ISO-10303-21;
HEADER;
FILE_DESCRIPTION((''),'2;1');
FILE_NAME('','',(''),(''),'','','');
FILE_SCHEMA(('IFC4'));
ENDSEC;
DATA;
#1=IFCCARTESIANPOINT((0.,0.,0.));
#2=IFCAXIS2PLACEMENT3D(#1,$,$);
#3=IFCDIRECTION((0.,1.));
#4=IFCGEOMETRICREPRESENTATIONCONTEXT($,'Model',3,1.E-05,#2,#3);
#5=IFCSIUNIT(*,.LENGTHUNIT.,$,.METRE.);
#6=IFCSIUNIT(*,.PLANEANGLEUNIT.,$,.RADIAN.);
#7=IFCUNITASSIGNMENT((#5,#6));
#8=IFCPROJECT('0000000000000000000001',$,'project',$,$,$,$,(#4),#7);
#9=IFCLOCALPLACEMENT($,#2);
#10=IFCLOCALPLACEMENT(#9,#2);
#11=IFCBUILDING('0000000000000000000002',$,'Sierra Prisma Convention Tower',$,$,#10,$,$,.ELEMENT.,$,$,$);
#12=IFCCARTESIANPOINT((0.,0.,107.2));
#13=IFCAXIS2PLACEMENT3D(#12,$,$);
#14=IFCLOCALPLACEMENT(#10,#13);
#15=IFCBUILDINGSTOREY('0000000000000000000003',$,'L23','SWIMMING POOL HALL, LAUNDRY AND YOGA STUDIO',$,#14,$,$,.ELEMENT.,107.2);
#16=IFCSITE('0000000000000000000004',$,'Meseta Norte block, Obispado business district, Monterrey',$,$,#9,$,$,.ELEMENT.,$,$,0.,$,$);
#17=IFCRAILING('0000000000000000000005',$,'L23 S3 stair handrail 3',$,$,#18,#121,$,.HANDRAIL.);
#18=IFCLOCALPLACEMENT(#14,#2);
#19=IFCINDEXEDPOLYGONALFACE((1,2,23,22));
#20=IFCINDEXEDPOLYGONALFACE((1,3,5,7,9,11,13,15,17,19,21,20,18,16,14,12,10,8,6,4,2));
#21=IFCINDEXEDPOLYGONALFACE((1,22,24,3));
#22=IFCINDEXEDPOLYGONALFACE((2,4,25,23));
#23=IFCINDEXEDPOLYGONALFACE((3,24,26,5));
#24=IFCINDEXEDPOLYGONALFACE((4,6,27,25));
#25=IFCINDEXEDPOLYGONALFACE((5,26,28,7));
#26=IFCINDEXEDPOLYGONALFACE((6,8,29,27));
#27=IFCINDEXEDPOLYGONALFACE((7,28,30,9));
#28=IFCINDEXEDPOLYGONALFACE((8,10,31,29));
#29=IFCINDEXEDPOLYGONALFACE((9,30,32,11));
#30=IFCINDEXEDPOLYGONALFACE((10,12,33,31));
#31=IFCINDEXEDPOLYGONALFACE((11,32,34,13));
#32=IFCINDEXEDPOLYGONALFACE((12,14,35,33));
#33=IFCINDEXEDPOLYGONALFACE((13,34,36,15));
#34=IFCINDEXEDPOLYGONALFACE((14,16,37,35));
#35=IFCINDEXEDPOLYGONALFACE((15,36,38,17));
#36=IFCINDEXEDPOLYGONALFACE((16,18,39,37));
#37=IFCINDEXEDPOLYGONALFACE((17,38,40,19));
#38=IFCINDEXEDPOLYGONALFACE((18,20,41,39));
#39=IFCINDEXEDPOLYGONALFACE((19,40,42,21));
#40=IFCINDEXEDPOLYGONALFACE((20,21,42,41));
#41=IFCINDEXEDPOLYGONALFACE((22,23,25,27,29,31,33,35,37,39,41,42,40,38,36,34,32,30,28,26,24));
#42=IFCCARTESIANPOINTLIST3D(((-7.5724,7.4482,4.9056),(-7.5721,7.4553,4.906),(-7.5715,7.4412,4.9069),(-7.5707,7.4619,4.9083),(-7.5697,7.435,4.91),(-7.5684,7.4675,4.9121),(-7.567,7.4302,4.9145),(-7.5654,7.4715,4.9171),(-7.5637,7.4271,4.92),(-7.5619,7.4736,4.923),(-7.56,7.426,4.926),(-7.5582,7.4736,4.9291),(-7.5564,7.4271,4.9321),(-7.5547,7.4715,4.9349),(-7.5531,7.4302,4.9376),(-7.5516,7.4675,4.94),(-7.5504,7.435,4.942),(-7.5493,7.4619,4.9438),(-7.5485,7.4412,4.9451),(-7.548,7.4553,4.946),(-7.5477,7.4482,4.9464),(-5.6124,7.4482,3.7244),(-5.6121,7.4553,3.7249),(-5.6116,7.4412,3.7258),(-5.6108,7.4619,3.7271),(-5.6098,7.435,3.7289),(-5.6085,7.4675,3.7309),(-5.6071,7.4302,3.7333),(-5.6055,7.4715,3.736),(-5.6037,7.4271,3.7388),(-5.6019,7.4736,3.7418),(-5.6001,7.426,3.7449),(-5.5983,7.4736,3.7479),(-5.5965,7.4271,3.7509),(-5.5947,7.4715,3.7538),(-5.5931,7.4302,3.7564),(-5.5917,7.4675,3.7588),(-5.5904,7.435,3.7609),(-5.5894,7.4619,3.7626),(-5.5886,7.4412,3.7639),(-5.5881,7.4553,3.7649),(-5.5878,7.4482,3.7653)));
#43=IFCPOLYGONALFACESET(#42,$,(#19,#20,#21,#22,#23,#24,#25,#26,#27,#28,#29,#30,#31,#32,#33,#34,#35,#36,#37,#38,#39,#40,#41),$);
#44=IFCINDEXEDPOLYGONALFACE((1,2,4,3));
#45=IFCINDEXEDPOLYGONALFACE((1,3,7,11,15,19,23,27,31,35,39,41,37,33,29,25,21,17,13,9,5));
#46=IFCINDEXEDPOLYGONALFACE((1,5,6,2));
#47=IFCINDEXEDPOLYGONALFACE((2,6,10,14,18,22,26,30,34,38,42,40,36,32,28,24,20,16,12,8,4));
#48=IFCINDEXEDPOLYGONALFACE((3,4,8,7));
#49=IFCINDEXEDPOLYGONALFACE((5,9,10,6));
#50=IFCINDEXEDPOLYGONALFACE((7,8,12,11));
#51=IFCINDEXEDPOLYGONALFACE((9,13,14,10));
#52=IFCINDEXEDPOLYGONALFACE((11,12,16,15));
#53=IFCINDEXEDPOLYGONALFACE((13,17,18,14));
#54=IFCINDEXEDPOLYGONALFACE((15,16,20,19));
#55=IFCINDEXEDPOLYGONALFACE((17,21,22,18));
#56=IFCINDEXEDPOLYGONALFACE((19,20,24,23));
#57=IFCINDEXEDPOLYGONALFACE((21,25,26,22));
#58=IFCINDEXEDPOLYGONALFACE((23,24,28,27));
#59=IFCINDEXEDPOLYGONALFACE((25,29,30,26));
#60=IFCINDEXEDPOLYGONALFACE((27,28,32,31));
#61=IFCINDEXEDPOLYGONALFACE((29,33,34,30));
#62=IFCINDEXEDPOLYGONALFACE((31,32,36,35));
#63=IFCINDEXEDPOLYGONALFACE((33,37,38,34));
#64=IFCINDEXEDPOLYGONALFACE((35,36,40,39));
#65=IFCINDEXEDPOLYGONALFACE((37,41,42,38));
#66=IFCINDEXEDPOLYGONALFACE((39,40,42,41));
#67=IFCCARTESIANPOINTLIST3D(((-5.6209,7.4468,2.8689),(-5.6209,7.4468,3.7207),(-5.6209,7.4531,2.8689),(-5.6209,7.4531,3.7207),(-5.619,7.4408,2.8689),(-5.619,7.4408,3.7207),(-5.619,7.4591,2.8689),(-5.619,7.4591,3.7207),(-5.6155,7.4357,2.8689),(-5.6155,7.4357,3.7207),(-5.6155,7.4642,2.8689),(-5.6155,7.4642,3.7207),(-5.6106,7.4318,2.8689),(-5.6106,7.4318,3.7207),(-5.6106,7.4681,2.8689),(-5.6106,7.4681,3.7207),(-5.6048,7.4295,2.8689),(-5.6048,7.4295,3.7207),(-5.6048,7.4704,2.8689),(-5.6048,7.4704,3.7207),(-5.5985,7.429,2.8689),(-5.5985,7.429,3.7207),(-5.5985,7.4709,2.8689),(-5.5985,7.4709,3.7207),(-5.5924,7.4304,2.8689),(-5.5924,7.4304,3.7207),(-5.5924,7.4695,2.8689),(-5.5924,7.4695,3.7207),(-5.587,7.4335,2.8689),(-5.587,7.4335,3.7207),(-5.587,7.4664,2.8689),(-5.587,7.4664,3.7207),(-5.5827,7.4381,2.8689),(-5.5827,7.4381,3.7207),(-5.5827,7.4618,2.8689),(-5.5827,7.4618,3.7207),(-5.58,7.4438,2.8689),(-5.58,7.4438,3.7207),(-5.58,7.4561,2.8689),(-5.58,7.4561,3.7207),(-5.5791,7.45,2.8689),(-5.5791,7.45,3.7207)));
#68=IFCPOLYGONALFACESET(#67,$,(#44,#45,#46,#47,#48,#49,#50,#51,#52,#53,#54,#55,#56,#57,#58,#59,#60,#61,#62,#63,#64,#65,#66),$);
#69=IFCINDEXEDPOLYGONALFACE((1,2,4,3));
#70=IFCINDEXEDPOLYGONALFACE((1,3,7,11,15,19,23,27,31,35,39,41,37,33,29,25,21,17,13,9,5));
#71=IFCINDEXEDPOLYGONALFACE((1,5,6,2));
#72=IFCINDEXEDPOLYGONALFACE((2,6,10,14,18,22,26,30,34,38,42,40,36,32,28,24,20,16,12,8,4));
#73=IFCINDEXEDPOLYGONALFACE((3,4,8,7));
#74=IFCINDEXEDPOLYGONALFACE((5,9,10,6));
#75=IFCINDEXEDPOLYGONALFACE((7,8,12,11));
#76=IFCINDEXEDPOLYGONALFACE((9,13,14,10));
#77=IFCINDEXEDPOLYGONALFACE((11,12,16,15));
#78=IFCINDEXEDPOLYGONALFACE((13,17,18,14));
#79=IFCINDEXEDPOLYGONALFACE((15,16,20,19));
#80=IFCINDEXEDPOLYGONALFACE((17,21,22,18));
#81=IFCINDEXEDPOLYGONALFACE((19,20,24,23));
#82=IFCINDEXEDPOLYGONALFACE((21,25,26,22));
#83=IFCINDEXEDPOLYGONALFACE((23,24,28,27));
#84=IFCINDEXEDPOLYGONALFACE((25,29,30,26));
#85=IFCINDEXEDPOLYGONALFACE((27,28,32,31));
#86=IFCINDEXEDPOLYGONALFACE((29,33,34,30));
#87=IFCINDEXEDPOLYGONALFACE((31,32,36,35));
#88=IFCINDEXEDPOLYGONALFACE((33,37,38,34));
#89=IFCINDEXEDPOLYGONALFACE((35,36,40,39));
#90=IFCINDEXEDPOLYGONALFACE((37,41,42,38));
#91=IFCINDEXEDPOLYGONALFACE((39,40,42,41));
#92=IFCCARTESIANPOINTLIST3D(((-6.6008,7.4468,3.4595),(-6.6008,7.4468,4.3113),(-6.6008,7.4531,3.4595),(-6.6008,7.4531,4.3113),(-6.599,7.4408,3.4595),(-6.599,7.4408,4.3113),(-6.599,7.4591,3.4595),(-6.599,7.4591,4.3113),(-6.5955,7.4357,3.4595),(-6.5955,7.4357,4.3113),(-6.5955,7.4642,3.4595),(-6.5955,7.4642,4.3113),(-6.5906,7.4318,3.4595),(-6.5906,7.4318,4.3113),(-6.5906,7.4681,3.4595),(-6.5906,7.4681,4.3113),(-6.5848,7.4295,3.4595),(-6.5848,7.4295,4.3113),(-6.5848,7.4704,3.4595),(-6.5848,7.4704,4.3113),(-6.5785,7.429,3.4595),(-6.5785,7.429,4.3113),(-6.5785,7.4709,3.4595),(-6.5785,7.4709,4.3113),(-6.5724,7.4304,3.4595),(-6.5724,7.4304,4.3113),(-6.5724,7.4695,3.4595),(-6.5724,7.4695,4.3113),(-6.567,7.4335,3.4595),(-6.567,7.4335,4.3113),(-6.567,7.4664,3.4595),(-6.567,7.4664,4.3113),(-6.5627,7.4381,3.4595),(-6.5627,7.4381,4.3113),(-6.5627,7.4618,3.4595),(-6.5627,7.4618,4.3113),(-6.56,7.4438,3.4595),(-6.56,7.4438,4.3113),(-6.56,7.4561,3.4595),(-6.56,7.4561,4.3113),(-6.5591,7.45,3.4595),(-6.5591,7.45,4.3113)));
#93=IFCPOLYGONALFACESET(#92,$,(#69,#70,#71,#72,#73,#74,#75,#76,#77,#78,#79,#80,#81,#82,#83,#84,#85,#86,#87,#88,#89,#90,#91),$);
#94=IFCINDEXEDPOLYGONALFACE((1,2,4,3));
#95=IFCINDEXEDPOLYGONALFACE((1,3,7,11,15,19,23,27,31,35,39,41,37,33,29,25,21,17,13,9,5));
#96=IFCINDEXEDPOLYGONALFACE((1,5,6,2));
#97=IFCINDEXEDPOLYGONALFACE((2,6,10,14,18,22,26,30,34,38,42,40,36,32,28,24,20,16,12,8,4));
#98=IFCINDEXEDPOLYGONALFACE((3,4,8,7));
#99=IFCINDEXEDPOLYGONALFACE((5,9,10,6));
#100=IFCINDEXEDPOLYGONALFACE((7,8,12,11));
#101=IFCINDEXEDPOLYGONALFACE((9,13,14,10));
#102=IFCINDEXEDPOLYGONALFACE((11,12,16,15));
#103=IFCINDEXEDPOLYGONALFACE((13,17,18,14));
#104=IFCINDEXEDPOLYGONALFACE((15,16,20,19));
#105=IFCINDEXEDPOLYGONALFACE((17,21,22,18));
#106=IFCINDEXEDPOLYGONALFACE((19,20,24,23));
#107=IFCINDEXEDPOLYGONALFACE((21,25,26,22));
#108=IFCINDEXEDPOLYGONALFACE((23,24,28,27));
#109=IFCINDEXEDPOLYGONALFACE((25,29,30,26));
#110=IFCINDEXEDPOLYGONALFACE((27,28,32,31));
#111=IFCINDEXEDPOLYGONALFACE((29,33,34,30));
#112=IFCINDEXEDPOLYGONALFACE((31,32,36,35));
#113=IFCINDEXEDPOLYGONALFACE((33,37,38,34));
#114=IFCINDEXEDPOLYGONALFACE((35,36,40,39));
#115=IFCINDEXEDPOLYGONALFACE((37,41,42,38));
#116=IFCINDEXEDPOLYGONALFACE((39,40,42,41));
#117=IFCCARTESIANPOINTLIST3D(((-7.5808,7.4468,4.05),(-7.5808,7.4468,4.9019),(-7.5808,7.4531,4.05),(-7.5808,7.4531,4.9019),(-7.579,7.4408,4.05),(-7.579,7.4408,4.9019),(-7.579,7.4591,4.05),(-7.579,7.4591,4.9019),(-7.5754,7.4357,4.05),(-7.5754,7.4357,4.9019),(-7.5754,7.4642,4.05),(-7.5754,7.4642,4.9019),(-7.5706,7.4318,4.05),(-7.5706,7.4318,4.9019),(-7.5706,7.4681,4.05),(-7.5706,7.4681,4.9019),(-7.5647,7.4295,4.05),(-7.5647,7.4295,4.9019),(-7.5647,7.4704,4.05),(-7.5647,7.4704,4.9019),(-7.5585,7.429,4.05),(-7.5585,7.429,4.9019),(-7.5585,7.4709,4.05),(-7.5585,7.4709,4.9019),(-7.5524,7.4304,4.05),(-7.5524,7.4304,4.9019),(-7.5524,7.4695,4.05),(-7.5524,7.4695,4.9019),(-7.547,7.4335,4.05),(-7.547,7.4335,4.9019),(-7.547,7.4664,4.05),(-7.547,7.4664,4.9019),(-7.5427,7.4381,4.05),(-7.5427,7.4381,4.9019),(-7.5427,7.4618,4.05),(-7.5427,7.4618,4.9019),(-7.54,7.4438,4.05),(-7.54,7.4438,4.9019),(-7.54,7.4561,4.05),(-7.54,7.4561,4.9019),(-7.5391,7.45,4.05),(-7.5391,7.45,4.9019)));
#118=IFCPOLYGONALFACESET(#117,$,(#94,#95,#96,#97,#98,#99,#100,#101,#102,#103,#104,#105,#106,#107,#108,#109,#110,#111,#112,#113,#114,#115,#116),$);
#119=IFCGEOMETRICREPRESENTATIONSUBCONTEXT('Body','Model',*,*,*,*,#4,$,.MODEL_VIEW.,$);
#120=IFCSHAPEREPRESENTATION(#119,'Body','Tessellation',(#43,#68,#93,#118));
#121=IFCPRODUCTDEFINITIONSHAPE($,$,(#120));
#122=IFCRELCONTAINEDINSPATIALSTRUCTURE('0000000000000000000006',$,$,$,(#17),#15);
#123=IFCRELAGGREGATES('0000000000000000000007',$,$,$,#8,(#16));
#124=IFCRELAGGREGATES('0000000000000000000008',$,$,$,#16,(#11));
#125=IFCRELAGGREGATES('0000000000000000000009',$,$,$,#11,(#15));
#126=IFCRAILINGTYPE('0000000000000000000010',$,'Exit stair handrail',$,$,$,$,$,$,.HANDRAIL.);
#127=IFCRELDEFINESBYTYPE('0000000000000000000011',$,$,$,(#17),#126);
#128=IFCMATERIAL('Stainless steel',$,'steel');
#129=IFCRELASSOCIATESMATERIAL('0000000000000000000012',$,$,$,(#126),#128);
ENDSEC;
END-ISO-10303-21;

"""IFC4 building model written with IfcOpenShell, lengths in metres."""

from ifc_helpers import new_model, si_unit, direction, frame, origin, origin_2d, place, context, subcontext, project, spatial, circle, extrude, material, type_object, element, save


model = new_model("IFC4")

# Units and contexts
model_context = context("Model", 3, precision=1e-05, world=origin(), true_north=direction((0.0, 1.0)))
body_context = subcontext(model_context, "Body", "Model", "MODEL_VIEW")
ifc_project = project(units=[si_unit("LENGTHUNIT", "METRE"), si_unit("PLANEANGLEUNIT", "RADIAN")], contexts=[model_context])

# Site, building, storey
site_placement = place(None, origin())
site = spatial("IfcSite", under=ifc_project, at=site_placement, Name="Meseta Norte block, Obispado business district, Monterrey", CompositionType="ELEMENT", RefElevation=0.0)
building_placement = place(site_placement, origin())
building = spatial("IfcBuilding", under=site, at=building_placement, Name="Sierra Prisma Convention Tower", CompositionType="ELEMENT")
storey_placement = place(building_placement, frame((0.0, 0.0, 107.2)))
storey = spatial("IfcBuildingStorey", under=building, at=storey_placement, Name="L23", Description="SWIMMING POOL HALL, LAUNDRY AND YOGA STUDIO", CompositionType="ELEMENT", Elevation=107.2)

# Railing
ifc_material_1 = material(Name="Stainless steel", Category="steel")
railing_type = type_object("IfcRailingType", Name="Exit stair handrail", PredefinedType="HANDRAIL", material=ifc_material_1)
railing_1_placement = place(storey_placement, frame((-5.6001, 7.45, 2.8689)))
element("IfcRailing", 1, at=railing_1_placement, inside=storey, type_object=railing_type, Name="L23 S3 stair handrail 3", PredefinedType="HANDRAIL", context=body_context, shape_type="SweptSolid", body=[
    extrude(circle(Radius=0.0239, at=origin_2d()), frame((0.0, 0.0, 0.876), z_axis=(-0.856493, 0.0, 0.516158), x_axis=(0.0, -1.0, 0.0)), (0.0, 0.0, 1.0), 2.2883),
    extrude(circle(Radius=0.021, at=origin_2d()), origin(), (0.0, 0.0, 1.0), 0.8518),
    extrude(circle(Radius=0.021, at=origin_2d()), frame((-0.98, 0.0, 0.5906)), (0.0, 0.0, 1.0), 0.8518),
    extrude(circle(Radius=0.021, at=origin_2d()), frame((-1.96, 0.0, 1.1812)), (0.0, 0.0, 1.0), 0.8518),
])

save(model, "model.ifc")
